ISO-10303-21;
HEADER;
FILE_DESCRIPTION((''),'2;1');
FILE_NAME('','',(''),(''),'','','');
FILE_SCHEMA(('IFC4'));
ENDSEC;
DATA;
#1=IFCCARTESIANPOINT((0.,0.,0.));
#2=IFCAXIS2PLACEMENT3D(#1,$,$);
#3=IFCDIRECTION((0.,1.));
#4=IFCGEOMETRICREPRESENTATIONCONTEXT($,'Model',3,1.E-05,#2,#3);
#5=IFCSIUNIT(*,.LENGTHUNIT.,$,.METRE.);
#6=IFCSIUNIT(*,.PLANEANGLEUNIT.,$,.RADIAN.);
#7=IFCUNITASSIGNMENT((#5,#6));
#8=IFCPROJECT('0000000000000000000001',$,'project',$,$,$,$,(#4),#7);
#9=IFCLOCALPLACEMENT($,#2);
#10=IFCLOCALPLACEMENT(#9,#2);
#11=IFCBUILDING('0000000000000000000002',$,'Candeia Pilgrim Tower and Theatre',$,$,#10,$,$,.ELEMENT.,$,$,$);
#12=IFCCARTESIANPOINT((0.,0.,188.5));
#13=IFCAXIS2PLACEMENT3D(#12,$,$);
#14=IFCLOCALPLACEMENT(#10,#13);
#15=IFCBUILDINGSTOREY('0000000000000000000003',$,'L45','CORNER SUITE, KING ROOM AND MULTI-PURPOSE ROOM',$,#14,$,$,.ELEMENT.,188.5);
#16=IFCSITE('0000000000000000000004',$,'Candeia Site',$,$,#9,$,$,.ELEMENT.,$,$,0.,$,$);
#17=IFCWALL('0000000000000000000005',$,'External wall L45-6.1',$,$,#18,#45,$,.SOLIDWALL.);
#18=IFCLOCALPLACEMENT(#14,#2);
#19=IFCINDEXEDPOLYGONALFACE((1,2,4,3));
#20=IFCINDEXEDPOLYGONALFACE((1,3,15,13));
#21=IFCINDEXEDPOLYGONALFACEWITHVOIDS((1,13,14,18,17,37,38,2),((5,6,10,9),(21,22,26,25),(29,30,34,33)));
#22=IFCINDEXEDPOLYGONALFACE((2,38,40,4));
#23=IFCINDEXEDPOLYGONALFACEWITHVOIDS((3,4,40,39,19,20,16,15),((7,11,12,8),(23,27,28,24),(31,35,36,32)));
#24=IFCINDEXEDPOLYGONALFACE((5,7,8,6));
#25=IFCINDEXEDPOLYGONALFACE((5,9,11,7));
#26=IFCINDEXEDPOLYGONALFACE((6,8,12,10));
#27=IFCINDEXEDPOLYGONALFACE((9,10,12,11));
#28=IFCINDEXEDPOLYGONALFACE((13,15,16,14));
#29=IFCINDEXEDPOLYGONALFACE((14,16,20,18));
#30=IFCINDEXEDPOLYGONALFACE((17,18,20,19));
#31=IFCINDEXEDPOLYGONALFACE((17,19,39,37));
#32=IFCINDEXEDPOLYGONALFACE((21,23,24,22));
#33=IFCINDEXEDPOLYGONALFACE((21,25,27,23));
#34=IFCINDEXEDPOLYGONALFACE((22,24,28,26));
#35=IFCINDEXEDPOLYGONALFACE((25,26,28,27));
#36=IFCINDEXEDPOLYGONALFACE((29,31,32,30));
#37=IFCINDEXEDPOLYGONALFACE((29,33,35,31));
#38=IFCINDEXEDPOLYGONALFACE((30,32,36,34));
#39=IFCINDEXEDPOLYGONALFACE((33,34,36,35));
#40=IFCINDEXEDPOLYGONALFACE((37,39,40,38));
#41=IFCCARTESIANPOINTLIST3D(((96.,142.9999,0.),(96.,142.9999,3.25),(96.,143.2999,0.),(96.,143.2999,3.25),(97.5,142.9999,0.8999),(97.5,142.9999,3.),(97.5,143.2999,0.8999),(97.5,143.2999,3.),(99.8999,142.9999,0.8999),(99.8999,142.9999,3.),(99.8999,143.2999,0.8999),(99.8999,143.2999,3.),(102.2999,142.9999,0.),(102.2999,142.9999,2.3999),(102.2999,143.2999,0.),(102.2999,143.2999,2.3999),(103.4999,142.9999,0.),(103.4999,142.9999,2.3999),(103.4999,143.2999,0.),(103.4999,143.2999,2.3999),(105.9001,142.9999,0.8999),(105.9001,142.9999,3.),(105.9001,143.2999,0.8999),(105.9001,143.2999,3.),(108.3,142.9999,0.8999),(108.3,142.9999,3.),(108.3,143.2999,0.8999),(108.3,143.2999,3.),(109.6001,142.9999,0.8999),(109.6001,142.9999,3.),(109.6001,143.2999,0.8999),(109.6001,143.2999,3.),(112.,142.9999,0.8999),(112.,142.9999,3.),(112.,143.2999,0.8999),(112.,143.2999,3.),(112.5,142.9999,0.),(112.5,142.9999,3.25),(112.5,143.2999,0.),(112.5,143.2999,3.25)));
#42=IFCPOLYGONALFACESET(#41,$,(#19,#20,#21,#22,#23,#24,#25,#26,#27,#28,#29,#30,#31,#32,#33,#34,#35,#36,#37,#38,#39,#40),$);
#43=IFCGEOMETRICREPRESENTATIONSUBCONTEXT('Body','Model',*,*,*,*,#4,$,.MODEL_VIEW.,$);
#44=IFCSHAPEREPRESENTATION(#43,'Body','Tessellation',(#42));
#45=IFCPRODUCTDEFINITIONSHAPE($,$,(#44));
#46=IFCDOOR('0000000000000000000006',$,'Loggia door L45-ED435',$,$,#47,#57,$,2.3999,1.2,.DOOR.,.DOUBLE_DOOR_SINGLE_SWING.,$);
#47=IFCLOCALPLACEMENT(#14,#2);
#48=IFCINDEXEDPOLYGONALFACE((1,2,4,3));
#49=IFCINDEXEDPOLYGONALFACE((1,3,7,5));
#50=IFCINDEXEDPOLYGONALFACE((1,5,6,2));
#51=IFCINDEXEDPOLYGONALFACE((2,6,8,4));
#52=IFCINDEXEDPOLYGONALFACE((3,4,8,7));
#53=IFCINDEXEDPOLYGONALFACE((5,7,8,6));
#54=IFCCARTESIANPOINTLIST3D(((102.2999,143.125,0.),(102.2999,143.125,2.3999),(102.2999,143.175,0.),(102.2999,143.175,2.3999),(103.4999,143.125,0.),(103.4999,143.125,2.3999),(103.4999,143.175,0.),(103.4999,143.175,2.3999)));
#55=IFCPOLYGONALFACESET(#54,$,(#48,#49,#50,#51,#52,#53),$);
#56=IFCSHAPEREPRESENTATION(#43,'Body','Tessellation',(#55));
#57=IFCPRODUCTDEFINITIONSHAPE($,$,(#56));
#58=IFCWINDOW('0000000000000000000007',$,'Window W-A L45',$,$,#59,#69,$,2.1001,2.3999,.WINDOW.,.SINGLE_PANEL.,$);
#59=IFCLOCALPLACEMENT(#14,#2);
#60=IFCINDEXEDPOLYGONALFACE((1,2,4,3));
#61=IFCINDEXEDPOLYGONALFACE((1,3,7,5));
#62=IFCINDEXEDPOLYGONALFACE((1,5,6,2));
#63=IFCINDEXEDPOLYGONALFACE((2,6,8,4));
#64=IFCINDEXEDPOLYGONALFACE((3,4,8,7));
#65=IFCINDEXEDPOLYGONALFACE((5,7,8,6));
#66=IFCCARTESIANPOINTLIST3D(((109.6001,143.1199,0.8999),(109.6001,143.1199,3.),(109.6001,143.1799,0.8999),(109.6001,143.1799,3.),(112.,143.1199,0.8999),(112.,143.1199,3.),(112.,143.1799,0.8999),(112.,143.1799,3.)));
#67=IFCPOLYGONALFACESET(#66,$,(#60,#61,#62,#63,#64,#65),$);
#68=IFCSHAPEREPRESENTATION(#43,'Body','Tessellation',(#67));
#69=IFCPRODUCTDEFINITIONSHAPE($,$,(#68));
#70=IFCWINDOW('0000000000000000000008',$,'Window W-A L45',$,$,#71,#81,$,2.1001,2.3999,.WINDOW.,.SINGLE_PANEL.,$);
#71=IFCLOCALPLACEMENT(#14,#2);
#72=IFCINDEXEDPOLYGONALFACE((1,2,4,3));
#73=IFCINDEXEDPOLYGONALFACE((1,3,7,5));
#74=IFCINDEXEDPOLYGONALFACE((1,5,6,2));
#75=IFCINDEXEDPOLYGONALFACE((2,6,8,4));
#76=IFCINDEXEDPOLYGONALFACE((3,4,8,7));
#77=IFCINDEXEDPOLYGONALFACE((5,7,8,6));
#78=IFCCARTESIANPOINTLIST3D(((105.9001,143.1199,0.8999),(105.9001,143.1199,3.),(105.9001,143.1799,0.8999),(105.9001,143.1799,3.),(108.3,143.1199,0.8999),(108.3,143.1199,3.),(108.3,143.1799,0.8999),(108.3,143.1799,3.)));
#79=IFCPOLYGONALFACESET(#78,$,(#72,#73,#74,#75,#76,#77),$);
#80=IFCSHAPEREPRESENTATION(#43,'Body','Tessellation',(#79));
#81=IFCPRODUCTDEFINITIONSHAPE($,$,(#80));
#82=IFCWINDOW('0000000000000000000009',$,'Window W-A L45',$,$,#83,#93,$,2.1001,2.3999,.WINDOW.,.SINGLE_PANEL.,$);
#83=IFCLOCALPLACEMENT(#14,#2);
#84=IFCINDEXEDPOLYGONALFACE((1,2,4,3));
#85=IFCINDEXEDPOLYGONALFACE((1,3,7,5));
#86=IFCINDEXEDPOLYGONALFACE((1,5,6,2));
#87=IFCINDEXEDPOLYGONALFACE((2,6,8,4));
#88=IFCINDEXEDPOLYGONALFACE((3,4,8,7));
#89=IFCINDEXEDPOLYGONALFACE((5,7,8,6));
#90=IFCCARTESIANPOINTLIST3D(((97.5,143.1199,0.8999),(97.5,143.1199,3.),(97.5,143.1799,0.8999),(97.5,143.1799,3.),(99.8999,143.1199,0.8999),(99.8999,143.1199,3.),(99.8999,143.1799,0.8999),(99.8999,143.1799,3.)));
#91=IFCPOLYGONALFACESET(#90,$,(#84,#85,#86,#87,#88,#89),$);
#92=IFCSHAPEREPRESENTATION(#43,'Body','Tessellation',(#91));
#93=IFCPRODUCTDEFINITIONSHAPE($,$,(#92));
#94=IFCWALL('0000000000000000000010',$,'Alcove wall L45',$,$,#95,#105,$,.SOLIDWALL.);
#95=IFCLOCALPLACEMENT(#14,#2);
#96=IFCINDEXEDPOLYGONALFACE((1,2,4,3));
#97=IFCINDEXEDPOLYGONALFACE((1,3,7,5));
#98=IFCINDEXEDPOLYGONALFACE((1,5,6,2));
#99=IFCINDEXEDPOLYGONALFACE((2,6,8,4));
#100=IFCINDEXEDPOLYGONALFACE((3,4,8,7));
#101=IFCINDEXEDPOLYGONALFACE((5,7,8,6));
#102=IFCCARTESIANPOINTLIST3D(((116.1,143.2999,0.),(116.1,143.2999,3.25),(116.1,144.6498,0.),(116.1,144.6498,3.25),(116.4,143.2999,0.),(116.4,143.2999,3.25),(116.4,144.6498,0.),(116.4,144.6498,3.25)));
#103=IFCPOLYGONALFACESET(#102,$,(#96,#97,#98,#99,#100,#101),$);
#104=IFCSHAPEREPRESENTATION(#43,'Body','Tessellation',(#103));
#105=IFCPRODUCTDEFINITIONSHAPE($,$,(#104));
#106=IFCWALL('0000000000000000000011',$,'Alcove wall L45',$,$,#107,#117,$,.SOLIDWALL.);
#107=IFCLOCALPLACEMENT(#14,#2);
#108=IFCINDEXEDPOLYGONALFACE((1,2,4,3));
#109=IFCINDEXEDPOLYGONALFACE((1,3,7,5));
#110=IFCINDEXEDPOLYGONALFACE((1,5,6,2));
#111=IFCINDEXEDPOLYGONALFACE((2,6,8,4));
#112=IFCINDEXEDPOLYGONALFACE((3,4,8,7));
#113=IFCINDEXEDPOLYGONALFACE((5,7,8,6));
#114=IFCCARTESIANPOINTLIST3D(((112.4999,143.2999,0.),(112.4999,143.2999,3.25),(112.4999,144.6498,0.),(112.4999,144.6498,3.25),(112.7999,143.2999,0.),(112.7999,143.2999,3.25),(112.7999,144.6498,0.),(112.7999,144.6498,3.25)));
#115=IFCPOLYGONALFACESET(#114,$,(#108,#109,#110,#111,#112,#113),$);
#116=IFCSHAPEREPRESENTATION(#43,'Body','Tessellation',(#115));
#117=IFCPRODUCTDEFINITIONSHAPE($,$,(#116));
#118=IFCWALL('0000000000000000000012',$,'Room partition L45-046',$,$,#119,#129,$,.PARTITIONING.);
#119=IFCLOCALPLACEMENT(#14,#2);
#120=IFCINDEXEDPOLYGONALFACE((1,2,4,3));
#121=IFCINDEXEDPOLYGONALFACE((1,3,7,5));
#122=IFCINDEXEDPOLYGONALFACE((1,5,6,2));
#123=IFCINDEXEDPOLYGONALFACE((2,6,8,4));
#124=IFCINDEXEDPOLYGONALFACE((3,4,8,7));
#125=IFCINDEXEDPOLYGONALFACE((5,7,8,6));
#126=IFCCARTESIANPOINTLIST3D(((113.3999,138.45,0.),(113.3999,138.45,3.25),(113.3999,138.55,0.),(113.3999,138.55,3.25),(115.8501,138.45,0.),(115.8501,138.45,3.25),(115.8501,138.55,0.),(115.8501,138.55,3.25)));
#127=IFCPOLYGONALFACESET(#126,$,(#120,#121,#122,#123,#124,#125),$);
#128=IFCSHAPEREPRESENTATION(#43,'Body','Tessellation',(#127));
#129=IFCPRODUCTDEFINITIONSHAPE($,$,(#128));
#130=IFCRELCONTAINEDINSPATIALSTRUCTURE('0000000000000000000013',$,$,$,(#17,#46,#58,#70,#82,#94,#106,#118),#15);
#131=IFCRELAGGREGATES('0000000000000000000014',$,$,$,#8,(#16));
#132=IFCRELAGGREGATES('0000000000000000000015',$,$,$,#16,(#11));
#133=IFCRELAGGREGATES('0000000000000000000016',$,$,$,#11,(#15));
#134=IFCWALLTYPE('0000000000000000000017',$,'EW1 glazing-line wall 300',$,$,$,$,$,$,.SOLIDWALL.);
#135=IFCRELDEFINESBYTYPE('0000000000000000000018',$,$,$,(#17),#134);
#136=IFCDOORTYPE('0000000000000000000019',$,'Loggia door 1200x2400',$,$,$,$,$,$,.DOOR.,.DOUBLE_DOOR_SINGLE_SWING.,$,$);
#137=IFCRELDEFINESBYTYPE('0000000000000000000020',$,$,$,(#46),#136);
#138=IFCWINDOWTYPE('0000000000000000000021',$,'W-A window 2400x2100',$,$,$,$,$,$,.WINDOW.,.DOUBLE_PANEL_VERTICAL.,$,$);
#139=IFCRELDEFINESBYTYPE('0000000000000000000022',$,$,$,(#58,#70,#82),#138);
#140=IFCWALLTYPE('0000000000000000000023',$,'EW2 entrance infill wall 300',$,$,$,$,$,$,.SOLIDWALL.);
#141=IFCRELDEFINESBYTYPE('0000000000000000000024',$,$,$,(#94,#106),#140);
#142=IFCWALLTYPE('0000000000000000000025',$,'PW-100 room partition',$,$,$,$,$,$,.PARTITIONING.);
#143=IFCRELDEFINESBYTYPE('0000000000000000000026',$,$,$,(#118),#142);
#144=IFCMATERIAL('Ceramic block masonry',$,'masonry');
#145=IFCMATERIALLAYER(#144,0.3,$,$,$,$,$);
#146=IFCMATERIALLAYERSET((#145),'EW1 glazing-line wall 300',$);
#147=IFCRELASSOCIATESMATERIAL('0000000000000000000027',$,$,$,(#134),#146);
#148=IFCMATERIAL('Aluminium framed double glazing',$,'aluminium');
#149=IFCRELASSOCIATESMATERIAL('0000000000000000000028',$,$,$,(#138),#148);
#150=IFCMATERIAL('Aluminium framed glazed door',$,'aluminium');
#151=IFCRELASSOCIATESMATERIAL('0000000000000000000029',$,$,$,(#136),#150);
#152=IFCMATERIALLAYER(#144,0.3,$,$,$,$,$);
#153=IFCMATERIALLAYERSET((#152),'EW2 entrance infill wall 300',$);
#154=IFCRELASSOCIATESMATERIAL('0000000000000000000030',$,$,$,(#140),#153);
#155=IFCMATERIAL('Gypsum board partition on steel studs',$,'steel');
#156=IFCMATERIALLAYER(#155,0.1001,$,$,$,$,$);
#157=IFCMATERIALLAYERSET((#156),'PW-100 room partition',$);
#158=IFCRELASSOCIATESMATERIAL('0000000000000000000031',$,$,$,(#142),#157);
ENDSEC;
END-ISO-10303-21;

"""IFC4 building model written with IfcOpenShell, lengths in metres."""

from ifc_helpers import new_model, si_unit, direction, frame, frame_2d, origin, place, context, subcontext, project, spatial, rectangle, extrude, material, layer, layer_set, type_object, element, fill, save


model = new_model("IFC4")

# Units and contexts
model_context = context("Model", 3, precision=1e-05, world=origin(), true_north=direction((0.0, 1.0)))
body_context = subcontext(model_context, "Body", "Model", "MODEL_VIEW")
ifc_project = project(units=[si_unit("LENGTHUNIT", "METRE"), si_unit("PLANEANGLEUNIT", "RADIAN")], contexts=[model_context])

# Site, building, storey
site_placement = place(None, origin())
site = spatial("IfcSite", under=ifc_project, at=site_placement, Name="Candeia Site", CompositionType="ELEMENT", RefElevation=0.0)
building_placement = place(site_placement, origin())
building = spatial("IfcBuilding", under=site, at=building_placement, Name="Candeia Pilgrim Tower and Theatre", CompositionType="ELEMENT")
storey_placement = place(building_placement, frame((0.0, 0.0, 188.5)))
storey = spatial("IfcBuildingStorey", under=building, at=storey_placement, Name="L45", Description="CORNER SUITE, KING ROOM AND MULTI-PURPOSE ROOM", CompositionType="ELEMENT", Elevation=188.5)

# Shared definitions
ifc_material_1 = material(Name="Ceramic block masonry", Category="masonry")
ifc_layer_1 = layer(ifc_material_1, 0.3)
ifc_layer_set_1 = layer_set([ifc_layer_1], Name="EW1 glazing-line wall 300")
wall_type_1 = type_object("IfcWallType", Name="EW1 glazing-line wall 300", PredefinedType="SOLIDWALL", material=ifc_layer_set_1)
ifc_material_2 = material(Name="Aluminium framed double glazing", Category="aluminium")
window_type_1 = type_object("IfcWindowType", Name="W-A window 2400x2100", PartitioningType="DOUBLE_PANEL_VERTICAL", PredefinedType="WINDOW", material=ifc_material_2)

# Wall, openings, door, windows
ifc_material_3 = material(Name="Aluminium framed glazed door", Category="aluminium")
door_type = type_object("IfcDoorType", Name="Loggia door 1200x2400", OperationType="DOUBLE_DOOR_SINGLE_SWING", PredefinedType="DOOR", material=ifc_material_3)
wall_1_placement = place(storey_placement, frame((112.5, 143.1499, 0.0), z_axis=(0.0, 0.0, 1.0), x_axis=(-1.0, 0.0, 0.0)))
wall_1 = element("IfcWall", 1, at=wall_1_placement, inside=storey, type_object=wall_type_1, Name="External wall L45-6.1", PredefinedType="SOLIDWALL", context=body_context, shape_type="SweptSolid", body=[
    extrude(rectangle(XDim=16.5, YDim=0.3, at=frame_2d((8.25, 0.0))), origin(), (0.0, 0.0, 1.0), 3.25),
])
opening_1_placement = place(wall_1_placement, frame((0.5, 0.0, 0.8999)))
opening_1 = element("IfcOpeningElement", 2, at=opening_1_placement, cuts=wall_1, PredefinedType="OPENING", context=body_context, shape_type="SweptSolid", body=[
    extrude(rectangle(XDim=2.3999, YDim=2.1001, at=frame_2d((1.2, 1.05))), frame((0.0, 0.1602, 0.0), z_axis=(0.0, -1.0, 0.0), x_axis=(1.0, 0.0, 0.0)), (0.0, 0.0, 1.0), 0.3201),
])
opening_2_placement = place(wall_1_placement, frame((4.2, 0.0, 0.8999)))
opening_2 = element("IfcOpeningElement", 3, at=opening_2_placement, cuts=wall_1, PredefinedType="OPENING", context=body_context, shape_type="SweptSolid", body=[
    extrude(rectangle(XDim=2.3999, YDim=2.1001, at=frame_2d((1.2, 1.05))), frame((0.0, 0.1602, 0.0), z_axis=(0.0, -1.0, 0.0), x_axis=(1.0, 0.0, 0.0)), (0.0, 0.0, 1.0), 0.3201),
])
opening_3_placement = place(wall_1_placement, frame((9.0, 0.0, 0.0)))
opening_3 = element("IfcOpeningElement", 4, at=opening_3_placement, cuts=wall_1, PredefinedType="OPENING", context=body_context, shape_type="SweptSolid", body=[
    extrude(rectangle(XDim=1.2, YDim=2.3999, at=frame_2d((0.6001, 1.2))), frame((0.0, 0.1602, 0.0), z_axis=(0.0, -1.0, 0.0), x_axis=(1.0, 0.0, 0.0)), (0.0, 0.0, 1.0), 0.3201),
])
opening_4_placement = place(wall_1_placement, frame((12.6001, 0.0, 0.8999)))
opening_4 = element("IfcOpeningElement", 5, at=opening_4_placement, cuts=wall_1, PredefinedType="OPENING", context=body_context, shape_type="SweptSolid", body=[
    extrude(rectangle(XDim=2.3999, YDim=2.1001, at=frame_2d((1.2, 1.05))), frame((0.0, 0.1602, 0.0), z_axis=(0.0, -1.0, 0.0), x_axis=(1.0, 0.0, 0.0)), (0.0, 0.0, 1.0), 0.3201),
])
door_1_placement = place(opening_3_placement, origin())
door_1 = element("IfcDoor", 6, at=door_1_placement, inside=storey, type_object=door_type, Name="Loggia door L45-ED435", OperationType="DOUBLE_DOOR_SINGLE_SWING", OverallHeight=2.3999, OverallWidth=1.2, PredefinedType="DOOR", context=body_context, shape_type="SweptSolid", body=[
    extrude(rectangle(XDim=1.2, YDim=2.3999, at=frame_2d((0.6001, 1.2))), frame((0.0, 0.0249, 0.0), z_axis=(0.0, -1.0, 0.0), x_axis=(1.0, 0.0, 0.0)), (0.0, 0.0, 1.0), 0.05),
])
fill(opening_3, door_1)
window_1_placement = place(opening_1_placement, origin())
window_1 = element("IfcWindow", 7, at=window_1_placement, inside=storey, type_object=window_type_1, Name="Window W-A L45", OverallHeight=2.1001, OverallWidth=2.3999, PartitioningType="SINGLE_PANEL", PredefinedType="WINDOW", context=body_context, shape_type="SweptSolid", body=[
    extrude(rectangle(XDim=2.3999, YDim=2.1001, at=frame_2d((1.2, 1.05))), frame((0.0, 0.03, 0.0), z_axis=(0.0, -1.0, 0.0), x_axis=(1.0, 0.0, 0.0)), (0.0, 0.0, 1.0), 0.0601),
])
fill(opening_1, window_1)
window_2_placement = place(opening_2_placement, origin())
window_2 = element("IfcWindow", 8, at=window_2_placement, inside=storey, type_object=window_type_1, Name="Window W-A L45", OverallHeight=2.1001, OverallWidth=2.3999, PartitioningType="SINGLE_PANEL", PredefinedType="WINDOW", context=body_context, shape_type="SweptSolid", body=[
    extrude(rectangle(XDim=2.3999, YDim=2.1001, at=frame_2d((1.2, 1.05))), frame((0.0, 0.03, 0.0), z_axis=(0.0, -1.0, 0.0), x_axis=(1.0, 0.0, 0.0)), (0.0, 0.0, 1.0), 0.0601),
])
fill(opening_2, window_2)
window_3_placement = place(opening_4_placement, origin())
window_3 = element("IfcWindow", 9, at=window_3_placement, inside=storey, type_object=window_type_1, Name="Window W-A L45", OverallHeight=2.1001, OverallWidth=2.3999, PartitioningType="SINGLE_PANEL", PredefinedType="WINDOW", context=body_context, shape_type="SweptSolid", body=[
    extrude(rectangle(XDim=2.3999, YDim=2.1001, at=frame_2d((1.2, 1.05))), frame((0.0, 0.03, 0.0), z_axis=(0.0, -1.0, 0.0), x_axis=(1.0, 0.0, 0.0)), (0.0, 0.0, 1.0), 0.0601),
])
fill(opening_4, window_3)

# Walls
ifc_layer_2 = layer(ifc_material_1, 0.3)
ifc_layer_set_2 = layer_set([ifc_layer_2], Name="EW2 entrance infill wall 300")
wall_type_2 = type_object("IfcWallType", Name="EW2 entrance infill wall 300", PredefinedType="SOLIDWALL", material=ifc_layer_set_2)
for number, where, z_axis, x_axis, name in (
    (10, (116.25, 143.3, 0.0), (0.0, 0.0, 1.0), (0.0, 1.0, 0.0), "Alcove wall L45"),
    (11, (112.6499, 143.3, 0.0), (0.0, 0.0, 1.0), (0.0, 1.0, 0.0), "Alcove wall L45"),
):
    element("IfcWall", number, at=place(storey_placement, frame(where, z_axis=z_axis, x_axis=x_axis)), inside=storey, type_object=wall_type_2, Name=name, PredefinedType="SOLIDWALL", context=body_context, shape_type="SweptSolid", body=[
        extrude(rectangle(XDim=1.3499, YDim=0.3, at=frame_2d((0.6748, 0.0))), origin(), (0.0, 0.0, 1.0), 3.25),
    ])

# Wall
ifc_material_4 = material(Name="Gypsum board partition on steel studs", Category="steel")
ifc_layer_3 = layer(ifc_material_4, 0.1001)
ifc_layer_set_3 = layer_set([ifc_layer_3], Name="PW-100 room partition")
wall_type_3 = type_object("IfcWallType", Name="PW-100 room partition", PredefinedType="PARTITIONING", material=ifc_layer_set_3)
wall_2_placement = place(storey_placement, frame((113.3999, 138.5, 0.0), z_axis=(0.0, 0.0, 1.0), x_axis=(1.0, 0.0, 0.0)))
element("IfcWall", 12, at=wall_2_placement, inside=storey, type_object=wall_type_3, Name="Room partition L45-046", PredefinedType="PARTITIONING", context=body_context, shape_type="SweptSolid", body=[
    extrude(rectangle(XDim=2.4502, YDim=0.1001, at=frame_2d((1.2251, 0.0))), origin(), (0.0, 0.0, 1.0), 3.25),
])

save(model, "model.ifc")
